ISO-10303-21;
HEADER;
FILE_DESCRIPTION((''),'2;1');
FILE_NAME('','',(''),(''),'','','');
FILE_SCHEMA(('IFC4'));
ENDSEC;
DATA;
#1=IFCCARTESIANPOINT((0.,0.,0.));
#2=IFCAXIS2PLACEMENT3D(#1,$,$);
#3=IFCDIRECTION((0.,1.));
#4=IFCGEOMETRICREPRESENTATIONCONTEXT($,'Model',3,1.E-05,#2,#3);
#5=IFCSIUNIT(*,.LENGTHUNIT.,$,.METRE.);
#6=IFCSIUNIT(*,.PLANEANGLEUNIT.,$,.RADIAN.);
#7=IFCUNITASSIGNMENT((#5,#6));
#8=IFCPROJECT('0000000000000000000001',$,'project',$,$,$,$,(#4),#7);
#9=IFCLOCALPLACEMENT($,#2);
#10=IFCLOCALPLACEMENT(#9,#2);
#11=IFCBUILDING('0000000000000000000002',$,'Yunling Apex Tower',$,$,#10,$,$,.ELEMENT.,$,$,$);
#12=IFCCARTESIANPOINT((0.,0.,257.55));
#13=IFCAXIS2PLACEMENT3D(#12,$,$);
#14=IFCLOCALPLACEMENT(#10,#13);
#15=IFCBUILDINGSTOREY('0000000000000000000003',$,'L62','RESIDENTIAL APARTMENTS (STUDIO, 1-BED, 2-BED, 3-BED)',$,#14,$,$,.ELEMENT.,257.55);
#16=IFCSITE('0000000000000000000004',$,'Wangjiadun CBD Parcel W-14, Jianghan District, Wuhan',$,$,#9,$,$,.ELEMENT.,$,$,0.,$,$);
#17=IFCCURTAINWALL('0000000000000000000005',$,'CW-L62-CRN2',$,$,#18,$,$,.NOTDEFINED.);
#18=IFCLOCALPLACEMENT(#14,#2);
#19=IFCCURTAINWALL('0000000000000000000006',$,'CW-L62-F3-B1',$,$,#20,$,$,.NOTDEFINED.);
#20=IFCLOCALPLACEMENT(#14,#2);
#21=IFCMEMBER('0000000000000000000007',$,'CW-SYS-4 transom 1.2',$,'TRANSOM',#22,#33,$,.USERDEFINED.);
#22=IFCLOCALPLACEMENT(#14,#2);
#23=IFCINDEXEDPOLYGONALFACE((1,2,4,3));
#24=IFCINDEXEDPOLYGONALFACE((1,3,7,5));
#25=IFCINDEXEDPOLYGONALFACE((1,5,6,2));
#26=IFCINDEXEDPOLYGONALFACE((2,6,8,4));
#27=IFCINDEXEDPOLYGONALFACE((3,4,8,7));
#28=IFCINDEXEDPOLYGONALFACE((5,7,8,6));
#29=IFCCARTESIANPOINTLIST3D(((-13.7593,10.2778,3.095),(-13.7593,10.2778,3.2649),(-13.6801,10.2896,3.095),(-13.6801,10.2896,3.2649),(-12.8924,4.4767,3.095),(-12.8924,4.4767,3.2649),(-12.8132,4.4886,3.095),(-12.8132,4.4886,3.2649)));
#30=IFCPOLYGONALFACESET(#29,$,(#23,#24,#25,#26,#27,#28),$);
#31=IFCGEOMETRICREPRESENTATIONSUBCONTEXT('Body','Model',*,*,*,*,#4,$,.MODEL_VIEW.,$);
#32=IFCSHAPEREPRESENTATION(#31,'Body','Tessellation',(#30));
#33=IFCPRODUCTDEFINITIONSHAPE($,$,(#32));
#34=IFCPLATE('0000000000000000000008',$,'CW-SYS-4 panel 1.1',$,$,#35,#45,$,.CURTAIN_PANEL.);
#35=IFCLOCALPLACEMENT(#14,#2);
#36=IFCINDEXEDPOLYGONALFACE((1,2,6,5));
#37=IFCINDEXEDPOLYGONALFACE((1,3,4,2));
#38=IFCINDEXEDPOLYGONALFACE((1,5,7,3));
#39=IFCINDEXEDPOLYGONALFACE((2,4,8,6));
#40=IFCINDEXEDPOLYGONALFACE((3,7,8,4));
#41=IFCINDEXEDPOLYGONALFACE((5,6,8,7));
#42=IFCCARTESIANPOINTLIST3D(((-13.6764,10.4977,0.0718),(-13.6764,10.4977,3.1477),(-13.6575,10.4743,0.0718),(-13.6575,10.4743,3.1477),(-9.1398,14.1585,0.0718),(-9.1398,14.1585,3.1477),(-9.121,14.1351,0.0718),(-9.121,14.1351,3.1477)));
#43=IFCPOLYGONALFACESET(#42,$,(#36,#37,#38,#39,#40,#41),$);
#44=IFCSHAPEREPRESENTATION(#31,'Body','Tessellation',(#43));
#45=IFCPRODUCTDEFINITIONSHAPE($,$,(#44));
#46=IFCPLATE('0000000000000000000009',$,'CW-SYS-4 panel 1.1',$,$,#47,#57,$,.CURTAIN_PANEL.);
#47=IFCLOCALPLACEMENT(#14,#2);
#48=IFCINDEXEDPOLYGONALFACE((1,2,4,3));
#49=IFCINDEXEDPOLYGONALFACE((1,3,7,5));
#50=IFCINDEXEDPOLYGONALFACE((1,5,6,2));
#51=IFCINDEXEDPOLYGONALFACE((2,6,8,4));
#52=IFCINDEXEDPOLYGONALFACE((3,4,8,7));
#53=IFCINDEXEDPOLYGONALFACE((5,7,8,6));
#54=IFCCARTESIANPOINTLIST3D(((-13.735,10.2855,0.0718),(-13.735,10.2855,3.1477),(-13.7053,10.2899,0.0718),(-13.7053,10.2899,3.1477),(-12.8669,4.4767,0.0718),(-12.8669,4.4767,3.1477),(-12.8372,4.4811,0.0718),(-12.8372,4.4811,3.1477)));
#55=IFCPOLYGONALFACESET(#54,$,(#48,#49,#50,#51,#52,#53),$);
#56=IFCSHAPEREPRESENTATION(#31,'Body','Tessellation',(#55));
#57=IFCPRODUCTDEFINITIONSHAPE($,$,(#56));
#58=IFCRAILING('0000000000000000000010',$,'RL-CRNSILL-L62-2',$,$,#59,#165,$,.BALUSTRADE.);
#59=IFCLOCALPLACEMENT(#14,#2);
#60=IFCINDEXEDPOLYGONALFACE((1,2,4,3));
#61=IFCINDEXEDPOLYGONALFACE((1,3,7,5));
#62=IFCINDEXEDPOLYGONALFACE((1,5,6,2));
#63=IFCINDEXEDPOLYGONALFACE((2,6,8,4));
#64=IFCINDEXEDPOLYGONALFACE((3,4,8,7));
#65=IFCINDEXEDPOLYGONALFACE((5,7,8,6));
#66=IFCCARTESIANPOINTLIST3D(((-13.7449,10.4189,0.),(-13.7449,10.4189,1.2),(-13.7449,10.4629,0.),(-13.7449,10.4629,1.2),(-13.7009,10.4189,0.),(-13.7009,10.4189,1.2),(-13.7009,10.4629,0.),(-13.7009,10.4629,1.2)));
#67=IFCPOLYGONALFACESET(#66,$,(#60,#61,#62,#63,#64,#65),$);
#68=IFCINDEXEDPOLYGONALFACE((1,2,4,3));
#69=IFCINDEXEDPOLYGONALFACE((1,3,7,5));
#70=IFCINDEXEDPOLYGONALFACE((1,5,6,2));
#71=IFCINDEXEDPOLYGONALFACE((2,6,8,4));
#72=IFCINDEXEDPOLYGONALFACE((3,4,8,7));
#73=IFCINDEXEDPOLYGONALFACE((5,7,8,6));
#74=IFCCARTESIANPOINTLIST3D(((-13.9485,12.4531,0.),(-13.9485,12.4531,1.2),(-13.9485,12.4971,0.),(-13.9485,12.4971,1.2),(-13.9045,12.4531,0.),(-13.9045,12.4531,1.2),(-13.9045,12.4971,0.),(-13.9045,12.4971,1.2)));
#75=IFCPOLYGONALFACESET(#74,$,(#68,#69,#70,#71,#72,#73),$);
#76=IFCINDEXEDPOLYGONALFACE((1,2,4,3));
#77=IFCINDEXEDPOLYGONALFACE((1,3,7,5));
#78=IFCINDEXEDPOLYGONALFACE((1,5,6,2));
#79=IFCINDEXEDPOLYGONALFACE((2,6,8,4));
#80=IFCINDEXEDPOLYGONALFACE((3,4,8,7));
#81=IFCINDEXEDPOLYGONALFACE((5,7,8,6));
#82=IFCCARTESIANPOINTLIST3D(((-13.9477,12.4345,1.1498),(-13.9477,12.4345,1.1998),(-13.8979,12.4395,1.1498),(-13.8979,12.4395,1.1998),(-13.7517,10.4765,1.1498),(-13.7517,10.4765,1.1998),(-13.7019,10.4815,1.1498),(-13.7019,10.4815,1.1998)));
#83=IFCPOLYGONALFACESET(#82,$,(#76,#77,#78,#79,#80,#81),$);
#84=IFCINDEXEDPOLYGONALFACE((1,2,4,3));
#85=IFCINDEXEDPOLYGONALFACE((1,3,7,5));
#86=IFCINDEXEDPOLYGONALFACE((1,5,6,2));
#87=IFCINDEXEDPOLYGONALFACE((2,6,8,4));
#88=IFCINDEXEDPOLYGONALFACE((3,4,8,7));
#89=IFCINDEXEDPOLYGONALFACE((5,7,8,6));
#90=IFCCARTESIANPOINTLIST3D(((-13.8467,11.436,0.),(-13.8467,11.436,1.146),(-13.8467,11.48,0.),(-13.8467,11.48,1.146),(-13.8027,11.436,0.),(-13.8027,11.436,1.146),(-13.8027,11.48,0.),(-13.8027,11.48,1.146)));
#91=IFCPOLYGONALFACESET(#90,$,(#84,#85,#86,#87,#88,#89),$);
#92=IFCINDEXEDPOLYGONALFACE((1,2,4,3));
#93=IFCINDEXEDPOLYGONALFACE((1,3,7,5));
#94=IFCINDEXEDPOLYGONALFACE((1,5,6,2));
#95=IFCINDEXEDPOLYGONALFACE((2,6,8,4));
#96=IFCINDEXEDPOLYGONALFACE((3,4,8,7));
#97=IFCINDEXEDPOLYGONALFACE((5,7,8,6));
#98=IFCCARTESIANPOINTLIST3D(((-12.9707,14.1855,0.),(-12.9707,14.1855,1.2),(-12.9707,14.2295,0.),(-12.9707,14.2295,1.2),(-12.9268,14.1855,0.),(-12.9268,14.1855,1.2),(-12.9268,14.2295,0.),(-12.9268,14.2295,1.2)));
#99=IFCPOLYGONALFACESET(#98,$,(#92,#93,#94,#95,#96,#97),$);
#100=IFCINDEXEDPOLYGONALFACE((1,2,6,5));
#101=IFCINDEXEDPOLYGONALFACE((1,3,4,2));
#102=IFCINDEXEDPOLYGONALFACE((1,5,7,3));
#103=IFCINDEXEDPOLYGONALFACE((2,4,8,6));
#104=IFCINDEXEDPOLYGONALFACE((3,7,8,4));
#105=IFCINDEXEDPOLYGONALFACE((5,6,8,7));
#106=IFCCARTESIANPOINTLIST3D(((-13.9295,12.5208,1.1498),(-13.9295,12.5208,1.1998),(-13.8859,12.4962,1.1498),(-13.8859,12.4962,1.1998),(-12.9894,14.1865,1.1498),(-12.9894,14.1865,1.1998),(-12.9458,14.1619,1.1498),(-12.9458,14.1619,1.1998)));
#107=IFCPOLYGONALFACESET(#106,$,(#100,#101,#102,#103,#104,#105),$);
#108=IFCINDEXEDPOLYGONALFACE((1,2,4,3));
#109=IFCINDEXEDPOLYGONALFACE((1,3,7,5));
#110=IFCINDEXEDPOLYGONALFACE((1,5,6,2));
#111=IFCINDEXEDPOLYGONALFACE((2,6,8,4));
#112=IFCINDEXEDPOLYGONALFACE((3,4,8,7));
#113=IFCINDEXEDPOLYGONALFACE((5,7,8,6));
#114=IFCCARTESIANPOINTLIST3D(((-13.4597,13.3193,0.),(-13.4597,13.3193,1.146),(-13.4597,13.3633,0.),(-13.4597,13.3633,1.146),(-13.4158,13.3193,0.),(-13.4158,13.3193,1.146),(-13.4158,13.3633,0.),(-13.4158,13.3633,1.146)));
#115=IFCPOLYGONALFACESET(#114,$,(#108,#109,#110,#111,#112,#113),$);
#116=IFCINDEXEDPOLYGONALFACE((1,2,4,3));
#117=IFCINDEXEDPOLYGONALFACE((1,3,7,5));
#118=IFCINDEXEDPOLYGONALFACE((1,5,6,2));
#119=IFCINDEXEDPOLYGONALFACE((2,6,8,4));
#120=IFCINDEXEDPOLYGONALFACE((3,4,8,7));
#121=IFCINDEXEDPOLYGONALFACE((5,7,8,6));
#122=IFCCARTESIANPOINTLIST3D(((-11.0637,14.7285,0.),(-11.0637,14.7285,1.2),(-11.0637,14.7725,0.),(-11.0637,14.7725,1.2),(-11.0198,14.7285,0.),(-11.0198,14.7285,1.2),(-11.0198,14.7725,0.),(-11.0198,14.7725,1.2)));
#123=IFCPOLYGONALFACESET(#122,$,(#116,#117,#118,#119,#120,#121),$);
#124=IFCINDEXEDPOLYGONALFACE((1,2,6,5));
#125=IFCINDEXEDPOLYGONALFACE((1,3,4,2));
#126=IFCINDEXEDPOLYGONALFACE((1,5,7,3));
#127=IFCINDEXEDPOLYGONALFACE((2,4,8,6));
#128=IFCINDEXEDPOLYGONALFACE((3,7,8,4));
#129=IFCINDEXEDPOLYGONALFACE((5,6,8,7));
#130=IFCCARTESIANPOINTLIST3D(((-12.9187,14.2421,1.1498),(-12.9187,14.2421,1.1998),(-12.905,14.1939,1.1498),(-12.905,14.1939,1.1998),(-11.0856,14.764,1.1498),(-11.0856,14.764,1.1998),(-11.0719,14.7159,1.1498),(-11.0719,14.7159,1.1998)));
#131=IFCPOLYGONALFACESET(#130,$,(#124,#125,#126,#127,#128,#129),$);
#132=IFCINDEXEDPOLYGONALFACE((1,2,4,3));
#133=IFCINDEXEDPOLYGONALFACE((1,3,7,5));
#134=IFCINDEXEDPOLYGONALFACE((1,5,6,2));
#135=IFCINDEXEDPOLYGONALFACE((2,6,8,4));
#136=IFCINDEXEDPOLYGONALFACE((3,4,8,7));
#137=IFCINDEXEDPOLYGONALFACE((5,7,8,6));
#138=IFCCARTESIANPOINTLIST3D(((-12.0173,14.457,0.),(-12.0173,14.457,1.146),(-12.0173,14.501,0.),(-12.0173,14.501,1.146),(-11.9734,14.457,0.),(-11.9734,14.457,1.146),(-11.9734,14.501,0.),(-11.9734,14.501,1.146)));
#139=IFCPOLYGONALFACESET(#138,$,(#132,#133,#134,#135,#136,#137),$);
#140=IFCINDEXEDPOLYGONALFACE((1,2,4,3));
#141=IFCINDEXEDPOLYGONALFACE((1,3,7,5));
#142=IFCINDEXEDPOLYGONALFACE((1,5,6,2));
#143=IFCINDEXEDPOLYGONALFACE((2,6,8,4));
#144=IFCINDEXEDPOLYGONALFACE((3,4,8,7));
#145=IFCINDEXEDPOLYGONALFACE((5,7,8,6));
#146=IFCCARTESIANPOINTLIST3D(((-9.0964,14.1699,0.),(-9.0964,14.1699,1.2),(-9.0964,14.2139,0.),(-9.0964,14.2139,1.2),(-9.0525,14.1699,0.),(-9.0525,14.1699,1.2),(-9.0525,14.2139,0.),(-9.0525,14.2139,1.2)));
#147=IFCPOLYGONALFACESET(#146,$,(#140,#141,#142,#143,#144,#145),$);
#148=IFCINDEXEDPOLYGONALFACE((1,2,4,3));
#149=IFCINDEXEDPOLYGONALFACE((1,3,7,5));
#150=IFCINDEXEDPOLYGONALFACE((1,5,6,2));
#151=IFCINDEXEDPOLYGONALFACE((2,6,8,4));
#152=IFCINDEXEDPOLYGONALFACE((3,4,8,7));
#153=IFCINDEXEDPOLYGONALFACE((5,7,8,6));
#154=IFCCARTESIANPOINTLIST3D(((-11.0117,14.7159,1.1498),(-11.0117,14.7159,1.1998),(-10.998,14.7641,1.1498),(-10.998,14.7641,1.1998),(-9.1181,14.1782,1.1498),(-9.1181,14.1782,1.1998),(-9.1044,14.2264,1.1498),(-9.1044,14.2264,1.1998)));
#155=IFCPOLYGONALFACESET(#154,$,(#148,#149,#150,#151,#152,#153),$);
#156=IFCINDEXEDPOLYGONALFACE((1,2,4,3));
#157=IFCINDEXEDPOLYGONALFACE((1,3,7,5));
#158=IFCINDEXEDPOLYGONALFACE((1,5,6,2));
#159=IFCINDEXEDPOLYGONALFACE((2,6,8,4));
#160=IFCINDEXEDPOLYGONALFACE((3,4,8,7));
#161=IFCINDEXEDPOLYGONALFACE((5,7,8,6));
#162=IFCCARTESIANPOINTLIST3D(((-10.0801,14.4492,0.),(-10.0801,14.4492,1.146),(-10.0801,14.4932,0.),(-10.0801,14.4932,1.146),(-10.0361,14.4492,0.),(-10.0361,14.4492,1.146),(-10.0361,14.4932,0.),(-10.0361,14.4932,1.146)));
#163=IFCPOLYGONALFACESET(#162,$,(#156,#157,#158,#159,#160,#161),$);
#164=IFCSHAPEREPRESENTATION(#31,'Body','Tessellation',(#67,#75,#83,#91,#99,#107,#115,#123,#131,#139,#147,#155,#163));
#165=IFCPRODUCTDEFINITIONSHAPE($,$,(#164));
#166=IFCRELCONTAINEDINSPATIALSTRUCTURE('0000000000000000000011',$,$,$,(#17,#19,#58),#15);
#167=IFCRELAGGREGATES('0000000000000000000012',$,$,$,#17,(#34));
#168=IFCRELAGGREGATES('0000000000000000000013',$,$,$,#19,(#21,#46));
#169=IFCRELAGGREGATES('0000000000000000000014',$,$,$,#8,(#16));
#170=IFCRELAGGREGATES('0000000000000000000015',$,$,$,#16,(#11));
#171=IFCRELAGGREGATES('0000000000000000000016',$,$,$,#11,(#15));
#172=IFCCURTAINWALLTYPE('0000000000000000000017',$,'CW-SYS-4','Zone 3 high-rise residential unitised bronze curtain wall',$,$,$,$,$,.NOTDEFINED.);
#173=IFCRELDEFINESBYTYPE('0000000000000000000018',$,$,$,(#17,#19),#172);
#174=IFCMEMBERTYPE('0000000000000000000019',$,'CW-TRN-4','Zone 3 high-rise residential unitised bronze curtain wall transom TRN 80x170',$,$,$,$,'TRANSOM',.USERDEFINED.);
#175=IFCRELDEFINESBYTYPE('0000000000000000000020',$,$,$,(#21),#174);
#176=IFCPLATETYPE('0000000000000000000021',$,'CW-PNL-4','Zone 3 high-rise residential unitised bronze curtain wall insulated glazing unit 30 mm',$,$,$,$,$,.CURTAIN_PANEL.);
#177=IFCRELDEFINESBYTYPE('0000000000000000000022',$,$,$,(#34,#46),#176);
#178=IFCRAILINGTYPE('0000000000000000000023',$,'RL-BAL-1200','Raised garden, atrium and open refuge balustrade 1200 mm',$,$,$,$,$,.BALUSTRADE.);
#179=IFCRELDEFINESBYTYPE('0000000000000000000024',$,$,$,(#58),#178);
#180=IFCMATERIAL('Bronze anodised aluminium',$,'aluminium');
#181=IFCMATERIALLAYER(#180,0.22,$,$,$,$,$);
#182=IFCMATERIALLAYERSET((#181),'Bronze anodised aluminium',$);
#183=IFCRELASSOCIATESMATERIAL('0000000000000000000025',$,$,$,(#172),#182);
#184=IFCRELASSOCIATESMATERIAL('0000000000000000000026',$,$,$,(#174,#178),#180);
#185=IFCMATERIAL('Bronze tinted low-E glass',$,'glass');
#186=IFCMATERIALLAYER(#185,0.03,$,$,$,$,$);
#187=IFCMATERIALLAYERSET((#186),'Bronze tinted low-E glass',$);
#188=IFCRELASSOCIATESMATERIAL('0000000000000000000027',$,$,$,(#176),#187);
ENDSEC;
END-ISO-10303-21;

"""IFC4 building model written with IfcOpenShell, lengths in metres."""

from ifc_helpers import new_model, si_unit, direction, frame, origin, origin_2d, place, context, subcontext, project, spatial, rectangle, extrude, source, transform, mapped, material, layer, layer_set, material_profile, profile_set, type_object, element, aggregate, save


model = new_model("IFC4")

# Units and contexts
model_context = context("Model", 3, precision=1e-05, world=origin(), true_north=direction((0.0, 1.0)))
body_context = subcontext(model_context, "Body", "Model", "MODEL_VIEW")
ifc_project = project(units=[si_unit("LENGTHUNIT", "METRE"), si_unit("PLANEANGLEUNIT", "RADIAN")], contexts=[model_context])

# Site, building, storey
site_placement = place(None, origin())
site = spatial("IfcSite", under=ifc_project, at=site_placement, Name="Wangjiadun CBD Parcel W-14, Jianghan District, Wuhan", CompositionType="ELEMENT", RefElevation=0.0)
building_placement = place(site_placement, origin())
building = spatial("IfcBuilding", under=site, at=building_placement, Name="Yunling Apex Tower", CompositionType="ELEMENT")
storey_placement = place(building_placement, frame((0.0, 0.0, 257.55)))
storey = spatial("IfcBuildingStorey", under=building, at=storey_placement, Name="L62", Description="RESIDENTIAL APARTMENTS (STUDIO, 1-BED, 2-BED, 3-BED)", CompositionType="ELEMENT", Elevation=257.55)

# Curtain wall
ifc_material_1 = material(Name="Bronze anodised aluminium", Category="aluminium")
ifc_layer_1 = layer(ifc_material_1, 0.22)
ifc_layer_set_1 = layer_set([ifc_layer_1], Name="Bronze anodised aluminium")
curtain_wall_type = type_object("IfcCurtainWallType", Name="CW-SYS-4", Description="Zone 3 high-rise residential unitised bronze curtain wall", PredefinedType="NOTDEFINED", material=ifc_layer_set_1)
curtain_wall_1_placement = place(storey_placement, origin())
curtain_wall_1 = element("IfcCurtainWall", 1, at=curtain_wall_1_placement, inside=storey, type_object=curtain_wall_type, Name="CW-L62-CRN2", PredefinedType="NOTDEFINED")

# Curtain wall
curtain_wall_2_placement = place(storey_placement, origin())
curtain_wall_2 = element("IfcCurtainWall", 2, at=curtain_wall_2_placement, inside=storey, type_object=curtain_wall_type, Name="CW-L62-F3-B1", PredefinedType="NOTDEFINED")

# Member
ifc_material_profile_1 = material_profile(ifc_material_1, rectangle(XDim=0.0801, YDim=0.1699, at=origin_2d()))
ifc_profile_set_1 = profile_set([ifc_material_profile_1], Name="Bronze anodised aluminium")
member_type_1 = type_object("IfcMemberType", Name="CW-TRN-4", Description="Zone 3 high-rise residential unitised bronze curtain wall transom TRN 80x170", ElementType="TRANSOM", PredefinedType="USERDEFINED", material=ifc_profile_set_1)
shared_shape_1 = source(origin(), body_context, "Body", "SweptSolid", [
    extrude(rectangle(XDim=0.0801, YDim=0.1699, at=origin_2d()), origin(), (0.0, 0.0, 1.0), 5.8655),
])
member_1_placement = place(storey_placement, frame((-13.7197, 10.2837, 3.1799), z_axis=(0.147805, -0.989017, 0.0), x_axis=(0.989017, 0.147805, 0.0)))
member_1 = element("IfcMember", 3, at=member_1_placement, type_object=member_type_1, Name="CW-SYS-4 transom 1.2", ObjectType="TRANSOM", PredefinedType="USERDEFINED", context=body_context, shape_type="MappedRepresentation", body=[
    mapped(shared_shape_1, transform((0.0, 0.0, 0.0), scale=1.0)),
])

# Plates
ifc_material_2 = material(Name="Bronze tinted low-E glass", Category="glass")
ifc_layer_2 = layer(ifc_material_2, 0.03)
ifc_layer_set_2 = layer_set([ifc_layer_2], Name="Bronze tinted low-E glass")
plate_type = type_object("IfcPlateType", Name="CW-PNL-4", Description="Zone 3 high-rise residential unitised bronze curtain wall insulated glazing unit 30 mm", PredefinedType="CURTAIN_PANEL", material=ifc_layer_set_2)
shared_shape_2 = source(origin(), body_context, "Body", "SweptSolid", [
    extrude(rectangle(XDim=5.8293, YDim=0.03, at=origin_2d()), origin(), (0.0, 0.0, 1.0), 3.0759),
])
plate_1_placement = place(storey_placement, frame((-11.3987, 12.3164, 0.0718), z_axis=(0.0, 0.0, 1.0), x_axis=(-0.778222, -0.627989, 0.0)))
plate_1 = element("IfcPlate", 4, at=plate_1_placement, type_object=plate_type, Name="CW-SYS-4 panel 1.1", PredefinedType="CURTAIN_PANEL", context=body_context, shape_type="MappedRepresentation", body=[
    mapped(shared_shape_2, transform((0.0, 0.0, 0.0), scale=1.0)),
])
aggregate(curtain_wall_1, [plate_1])
shared_shape_3 = source(origin(), body_context, "Body", "SweptSolid", [
    extrude(rectangle(XDim=5.8733, YDim=0.03, at=origin_2d()), origin(), (0.0, 0.0, 1.0), 3.0759),
])
plate_2_placement = place(storey_placement, frame((-13.2861, 7.3833, 0.0718), z_axis=(0.0, 0.0, 1.0), x_axis=(0.147807, -0.989016, 0.0)))
plate_2 = element("IfcPlate", 5, at=plate_2_placement, type_object=plate_type, Name="CW-SYS-4 panel 1.1", PredefinedType="CURTAIN_PANEL", context=body_context, shape_type="MappedRepresentation", body=[
    mapped(shared_shape_3, transform((0.0, 0.0, 0.0), scale=1.0)),
])
aggregate(curtain_wall_2, [member_1, plate_2])

# Railing
railing_type = type_object("IfcRailingType", Name="RL-BAL-1200", Description="Raised garden, atrium and open refuge balustrade 1200 mm", PredefinedType="BALUSTRADE", material=ifc_material_1)
railing_placement = place(storey_placement, frame((-13.7229, 10.4409, 0.0)))
element("IfcRailing", 6, at=railing_placement, inside=storey, type_object=railing_type, Name="RL-CRNSILL-L62-2", PredefinedType="BALUSTRADE", context=body_context, shape_type="SweptSolid", body=[
    extrude(rectangle(XDim=0.0439, YDim=0.0439, at=origin_2d()), origin(), (0.0, 0.0, 1.0), 1.2),
    extrude(rectangle(XDim=0.0439, YDim=0.0439, at=origin_2d()), frame((-0.2036, 2.0342, 0.0)), (0.0, 0.0, 1.0), 1.2),
    extrude(rectangle(XDim=0.05, YDim=0.05, at=origin_2d()), frame((-0.0039, 0.0381, 1.1748), z_axis=(-0.099598, 0.995028, 0.0), x_axis=(-0.995028, -0.099598, 0.0)), (0.0, 0.0, 1.0), 1.9678),
    extrude(rectangle(XDim=0.0439, YDim=0.0439, at=origin_2d()), frame((-0.1018, 1.0171, 0.0)), (0.0, 0.0, 1.0), 1.146),
    extrude(rectangle(XDim=0.0439, YDim=0.0439, at=origin_2d()), frame((0.7742, 3.7666, 0.0)), (0.0, 0.0, 1.0), 1.2),
    extrude(rectangle(XDim=0.05, YDim=0.05, at=origin_2d()), frame((-0.1848, 2.0676, 1.1748), z_axis=(0.491519, 0.870867, 0.0), x_axis=(-0.870867, 0.491519, 0.0)), (0.0, 0.0, 1.0), 1.9126),
    extrude(rectangle(XDim=0.0439, YDim=0.0439, at=origin_2d()), frame((0.2852, 2.9004, 0.0)), (0.0, 0.0, 1.0), 1.146),
    extrude(rectangle(XDim=0.0439, YDim=0.0439, at=origin_2d()), frame((2.6812, 4.3096, 0.0)), (0.0, 0.0, 1.0), 1.2),
    extrude(rectangle(XDim=0.05, YDim=0.05, at=origin_2d()), frame((0.811, 3.7771, 1.1748), z_axis=(0.961774, 0.273843, 0.0), x_axis=(-0.273843, 0.961774, 0.0)), (0.0, 0.0, 1.0), 1.906),
    extrude(rectangle(XDim=0.0439, YDim=0.0439, at=origin_2d()), frame((1.7275, 4.0381, 0.0)), (0.0, 0.0, 1.0), 1.146),
    extrude(rectangle(XDim=0.0439, YDim=0.0439, at=origin_2d()), frame((4.6484, 3.751, 0.0)), (0.0, 0.0, 1.0), 1.2),
    extrude(rectangle(XDim=0.05, YDim=0.05, at=origin_2d()), frame((2.718, 4.2991, 1.1748), z_axis=(0.961973, -0.273144, 0.0), x_axis=(0.273144, 0.961973, 0.0)), (0.0, 0.0, 1.0), 1.9685),
    extrude(rectangle(XDim=0.0439, YDim=0.0439, at=origin_2d()), frame((3.6648, 4.0303, 0.0)), (0.0, 0.0, 1.0), 1.146),
])

save(model, "model.ifc")
